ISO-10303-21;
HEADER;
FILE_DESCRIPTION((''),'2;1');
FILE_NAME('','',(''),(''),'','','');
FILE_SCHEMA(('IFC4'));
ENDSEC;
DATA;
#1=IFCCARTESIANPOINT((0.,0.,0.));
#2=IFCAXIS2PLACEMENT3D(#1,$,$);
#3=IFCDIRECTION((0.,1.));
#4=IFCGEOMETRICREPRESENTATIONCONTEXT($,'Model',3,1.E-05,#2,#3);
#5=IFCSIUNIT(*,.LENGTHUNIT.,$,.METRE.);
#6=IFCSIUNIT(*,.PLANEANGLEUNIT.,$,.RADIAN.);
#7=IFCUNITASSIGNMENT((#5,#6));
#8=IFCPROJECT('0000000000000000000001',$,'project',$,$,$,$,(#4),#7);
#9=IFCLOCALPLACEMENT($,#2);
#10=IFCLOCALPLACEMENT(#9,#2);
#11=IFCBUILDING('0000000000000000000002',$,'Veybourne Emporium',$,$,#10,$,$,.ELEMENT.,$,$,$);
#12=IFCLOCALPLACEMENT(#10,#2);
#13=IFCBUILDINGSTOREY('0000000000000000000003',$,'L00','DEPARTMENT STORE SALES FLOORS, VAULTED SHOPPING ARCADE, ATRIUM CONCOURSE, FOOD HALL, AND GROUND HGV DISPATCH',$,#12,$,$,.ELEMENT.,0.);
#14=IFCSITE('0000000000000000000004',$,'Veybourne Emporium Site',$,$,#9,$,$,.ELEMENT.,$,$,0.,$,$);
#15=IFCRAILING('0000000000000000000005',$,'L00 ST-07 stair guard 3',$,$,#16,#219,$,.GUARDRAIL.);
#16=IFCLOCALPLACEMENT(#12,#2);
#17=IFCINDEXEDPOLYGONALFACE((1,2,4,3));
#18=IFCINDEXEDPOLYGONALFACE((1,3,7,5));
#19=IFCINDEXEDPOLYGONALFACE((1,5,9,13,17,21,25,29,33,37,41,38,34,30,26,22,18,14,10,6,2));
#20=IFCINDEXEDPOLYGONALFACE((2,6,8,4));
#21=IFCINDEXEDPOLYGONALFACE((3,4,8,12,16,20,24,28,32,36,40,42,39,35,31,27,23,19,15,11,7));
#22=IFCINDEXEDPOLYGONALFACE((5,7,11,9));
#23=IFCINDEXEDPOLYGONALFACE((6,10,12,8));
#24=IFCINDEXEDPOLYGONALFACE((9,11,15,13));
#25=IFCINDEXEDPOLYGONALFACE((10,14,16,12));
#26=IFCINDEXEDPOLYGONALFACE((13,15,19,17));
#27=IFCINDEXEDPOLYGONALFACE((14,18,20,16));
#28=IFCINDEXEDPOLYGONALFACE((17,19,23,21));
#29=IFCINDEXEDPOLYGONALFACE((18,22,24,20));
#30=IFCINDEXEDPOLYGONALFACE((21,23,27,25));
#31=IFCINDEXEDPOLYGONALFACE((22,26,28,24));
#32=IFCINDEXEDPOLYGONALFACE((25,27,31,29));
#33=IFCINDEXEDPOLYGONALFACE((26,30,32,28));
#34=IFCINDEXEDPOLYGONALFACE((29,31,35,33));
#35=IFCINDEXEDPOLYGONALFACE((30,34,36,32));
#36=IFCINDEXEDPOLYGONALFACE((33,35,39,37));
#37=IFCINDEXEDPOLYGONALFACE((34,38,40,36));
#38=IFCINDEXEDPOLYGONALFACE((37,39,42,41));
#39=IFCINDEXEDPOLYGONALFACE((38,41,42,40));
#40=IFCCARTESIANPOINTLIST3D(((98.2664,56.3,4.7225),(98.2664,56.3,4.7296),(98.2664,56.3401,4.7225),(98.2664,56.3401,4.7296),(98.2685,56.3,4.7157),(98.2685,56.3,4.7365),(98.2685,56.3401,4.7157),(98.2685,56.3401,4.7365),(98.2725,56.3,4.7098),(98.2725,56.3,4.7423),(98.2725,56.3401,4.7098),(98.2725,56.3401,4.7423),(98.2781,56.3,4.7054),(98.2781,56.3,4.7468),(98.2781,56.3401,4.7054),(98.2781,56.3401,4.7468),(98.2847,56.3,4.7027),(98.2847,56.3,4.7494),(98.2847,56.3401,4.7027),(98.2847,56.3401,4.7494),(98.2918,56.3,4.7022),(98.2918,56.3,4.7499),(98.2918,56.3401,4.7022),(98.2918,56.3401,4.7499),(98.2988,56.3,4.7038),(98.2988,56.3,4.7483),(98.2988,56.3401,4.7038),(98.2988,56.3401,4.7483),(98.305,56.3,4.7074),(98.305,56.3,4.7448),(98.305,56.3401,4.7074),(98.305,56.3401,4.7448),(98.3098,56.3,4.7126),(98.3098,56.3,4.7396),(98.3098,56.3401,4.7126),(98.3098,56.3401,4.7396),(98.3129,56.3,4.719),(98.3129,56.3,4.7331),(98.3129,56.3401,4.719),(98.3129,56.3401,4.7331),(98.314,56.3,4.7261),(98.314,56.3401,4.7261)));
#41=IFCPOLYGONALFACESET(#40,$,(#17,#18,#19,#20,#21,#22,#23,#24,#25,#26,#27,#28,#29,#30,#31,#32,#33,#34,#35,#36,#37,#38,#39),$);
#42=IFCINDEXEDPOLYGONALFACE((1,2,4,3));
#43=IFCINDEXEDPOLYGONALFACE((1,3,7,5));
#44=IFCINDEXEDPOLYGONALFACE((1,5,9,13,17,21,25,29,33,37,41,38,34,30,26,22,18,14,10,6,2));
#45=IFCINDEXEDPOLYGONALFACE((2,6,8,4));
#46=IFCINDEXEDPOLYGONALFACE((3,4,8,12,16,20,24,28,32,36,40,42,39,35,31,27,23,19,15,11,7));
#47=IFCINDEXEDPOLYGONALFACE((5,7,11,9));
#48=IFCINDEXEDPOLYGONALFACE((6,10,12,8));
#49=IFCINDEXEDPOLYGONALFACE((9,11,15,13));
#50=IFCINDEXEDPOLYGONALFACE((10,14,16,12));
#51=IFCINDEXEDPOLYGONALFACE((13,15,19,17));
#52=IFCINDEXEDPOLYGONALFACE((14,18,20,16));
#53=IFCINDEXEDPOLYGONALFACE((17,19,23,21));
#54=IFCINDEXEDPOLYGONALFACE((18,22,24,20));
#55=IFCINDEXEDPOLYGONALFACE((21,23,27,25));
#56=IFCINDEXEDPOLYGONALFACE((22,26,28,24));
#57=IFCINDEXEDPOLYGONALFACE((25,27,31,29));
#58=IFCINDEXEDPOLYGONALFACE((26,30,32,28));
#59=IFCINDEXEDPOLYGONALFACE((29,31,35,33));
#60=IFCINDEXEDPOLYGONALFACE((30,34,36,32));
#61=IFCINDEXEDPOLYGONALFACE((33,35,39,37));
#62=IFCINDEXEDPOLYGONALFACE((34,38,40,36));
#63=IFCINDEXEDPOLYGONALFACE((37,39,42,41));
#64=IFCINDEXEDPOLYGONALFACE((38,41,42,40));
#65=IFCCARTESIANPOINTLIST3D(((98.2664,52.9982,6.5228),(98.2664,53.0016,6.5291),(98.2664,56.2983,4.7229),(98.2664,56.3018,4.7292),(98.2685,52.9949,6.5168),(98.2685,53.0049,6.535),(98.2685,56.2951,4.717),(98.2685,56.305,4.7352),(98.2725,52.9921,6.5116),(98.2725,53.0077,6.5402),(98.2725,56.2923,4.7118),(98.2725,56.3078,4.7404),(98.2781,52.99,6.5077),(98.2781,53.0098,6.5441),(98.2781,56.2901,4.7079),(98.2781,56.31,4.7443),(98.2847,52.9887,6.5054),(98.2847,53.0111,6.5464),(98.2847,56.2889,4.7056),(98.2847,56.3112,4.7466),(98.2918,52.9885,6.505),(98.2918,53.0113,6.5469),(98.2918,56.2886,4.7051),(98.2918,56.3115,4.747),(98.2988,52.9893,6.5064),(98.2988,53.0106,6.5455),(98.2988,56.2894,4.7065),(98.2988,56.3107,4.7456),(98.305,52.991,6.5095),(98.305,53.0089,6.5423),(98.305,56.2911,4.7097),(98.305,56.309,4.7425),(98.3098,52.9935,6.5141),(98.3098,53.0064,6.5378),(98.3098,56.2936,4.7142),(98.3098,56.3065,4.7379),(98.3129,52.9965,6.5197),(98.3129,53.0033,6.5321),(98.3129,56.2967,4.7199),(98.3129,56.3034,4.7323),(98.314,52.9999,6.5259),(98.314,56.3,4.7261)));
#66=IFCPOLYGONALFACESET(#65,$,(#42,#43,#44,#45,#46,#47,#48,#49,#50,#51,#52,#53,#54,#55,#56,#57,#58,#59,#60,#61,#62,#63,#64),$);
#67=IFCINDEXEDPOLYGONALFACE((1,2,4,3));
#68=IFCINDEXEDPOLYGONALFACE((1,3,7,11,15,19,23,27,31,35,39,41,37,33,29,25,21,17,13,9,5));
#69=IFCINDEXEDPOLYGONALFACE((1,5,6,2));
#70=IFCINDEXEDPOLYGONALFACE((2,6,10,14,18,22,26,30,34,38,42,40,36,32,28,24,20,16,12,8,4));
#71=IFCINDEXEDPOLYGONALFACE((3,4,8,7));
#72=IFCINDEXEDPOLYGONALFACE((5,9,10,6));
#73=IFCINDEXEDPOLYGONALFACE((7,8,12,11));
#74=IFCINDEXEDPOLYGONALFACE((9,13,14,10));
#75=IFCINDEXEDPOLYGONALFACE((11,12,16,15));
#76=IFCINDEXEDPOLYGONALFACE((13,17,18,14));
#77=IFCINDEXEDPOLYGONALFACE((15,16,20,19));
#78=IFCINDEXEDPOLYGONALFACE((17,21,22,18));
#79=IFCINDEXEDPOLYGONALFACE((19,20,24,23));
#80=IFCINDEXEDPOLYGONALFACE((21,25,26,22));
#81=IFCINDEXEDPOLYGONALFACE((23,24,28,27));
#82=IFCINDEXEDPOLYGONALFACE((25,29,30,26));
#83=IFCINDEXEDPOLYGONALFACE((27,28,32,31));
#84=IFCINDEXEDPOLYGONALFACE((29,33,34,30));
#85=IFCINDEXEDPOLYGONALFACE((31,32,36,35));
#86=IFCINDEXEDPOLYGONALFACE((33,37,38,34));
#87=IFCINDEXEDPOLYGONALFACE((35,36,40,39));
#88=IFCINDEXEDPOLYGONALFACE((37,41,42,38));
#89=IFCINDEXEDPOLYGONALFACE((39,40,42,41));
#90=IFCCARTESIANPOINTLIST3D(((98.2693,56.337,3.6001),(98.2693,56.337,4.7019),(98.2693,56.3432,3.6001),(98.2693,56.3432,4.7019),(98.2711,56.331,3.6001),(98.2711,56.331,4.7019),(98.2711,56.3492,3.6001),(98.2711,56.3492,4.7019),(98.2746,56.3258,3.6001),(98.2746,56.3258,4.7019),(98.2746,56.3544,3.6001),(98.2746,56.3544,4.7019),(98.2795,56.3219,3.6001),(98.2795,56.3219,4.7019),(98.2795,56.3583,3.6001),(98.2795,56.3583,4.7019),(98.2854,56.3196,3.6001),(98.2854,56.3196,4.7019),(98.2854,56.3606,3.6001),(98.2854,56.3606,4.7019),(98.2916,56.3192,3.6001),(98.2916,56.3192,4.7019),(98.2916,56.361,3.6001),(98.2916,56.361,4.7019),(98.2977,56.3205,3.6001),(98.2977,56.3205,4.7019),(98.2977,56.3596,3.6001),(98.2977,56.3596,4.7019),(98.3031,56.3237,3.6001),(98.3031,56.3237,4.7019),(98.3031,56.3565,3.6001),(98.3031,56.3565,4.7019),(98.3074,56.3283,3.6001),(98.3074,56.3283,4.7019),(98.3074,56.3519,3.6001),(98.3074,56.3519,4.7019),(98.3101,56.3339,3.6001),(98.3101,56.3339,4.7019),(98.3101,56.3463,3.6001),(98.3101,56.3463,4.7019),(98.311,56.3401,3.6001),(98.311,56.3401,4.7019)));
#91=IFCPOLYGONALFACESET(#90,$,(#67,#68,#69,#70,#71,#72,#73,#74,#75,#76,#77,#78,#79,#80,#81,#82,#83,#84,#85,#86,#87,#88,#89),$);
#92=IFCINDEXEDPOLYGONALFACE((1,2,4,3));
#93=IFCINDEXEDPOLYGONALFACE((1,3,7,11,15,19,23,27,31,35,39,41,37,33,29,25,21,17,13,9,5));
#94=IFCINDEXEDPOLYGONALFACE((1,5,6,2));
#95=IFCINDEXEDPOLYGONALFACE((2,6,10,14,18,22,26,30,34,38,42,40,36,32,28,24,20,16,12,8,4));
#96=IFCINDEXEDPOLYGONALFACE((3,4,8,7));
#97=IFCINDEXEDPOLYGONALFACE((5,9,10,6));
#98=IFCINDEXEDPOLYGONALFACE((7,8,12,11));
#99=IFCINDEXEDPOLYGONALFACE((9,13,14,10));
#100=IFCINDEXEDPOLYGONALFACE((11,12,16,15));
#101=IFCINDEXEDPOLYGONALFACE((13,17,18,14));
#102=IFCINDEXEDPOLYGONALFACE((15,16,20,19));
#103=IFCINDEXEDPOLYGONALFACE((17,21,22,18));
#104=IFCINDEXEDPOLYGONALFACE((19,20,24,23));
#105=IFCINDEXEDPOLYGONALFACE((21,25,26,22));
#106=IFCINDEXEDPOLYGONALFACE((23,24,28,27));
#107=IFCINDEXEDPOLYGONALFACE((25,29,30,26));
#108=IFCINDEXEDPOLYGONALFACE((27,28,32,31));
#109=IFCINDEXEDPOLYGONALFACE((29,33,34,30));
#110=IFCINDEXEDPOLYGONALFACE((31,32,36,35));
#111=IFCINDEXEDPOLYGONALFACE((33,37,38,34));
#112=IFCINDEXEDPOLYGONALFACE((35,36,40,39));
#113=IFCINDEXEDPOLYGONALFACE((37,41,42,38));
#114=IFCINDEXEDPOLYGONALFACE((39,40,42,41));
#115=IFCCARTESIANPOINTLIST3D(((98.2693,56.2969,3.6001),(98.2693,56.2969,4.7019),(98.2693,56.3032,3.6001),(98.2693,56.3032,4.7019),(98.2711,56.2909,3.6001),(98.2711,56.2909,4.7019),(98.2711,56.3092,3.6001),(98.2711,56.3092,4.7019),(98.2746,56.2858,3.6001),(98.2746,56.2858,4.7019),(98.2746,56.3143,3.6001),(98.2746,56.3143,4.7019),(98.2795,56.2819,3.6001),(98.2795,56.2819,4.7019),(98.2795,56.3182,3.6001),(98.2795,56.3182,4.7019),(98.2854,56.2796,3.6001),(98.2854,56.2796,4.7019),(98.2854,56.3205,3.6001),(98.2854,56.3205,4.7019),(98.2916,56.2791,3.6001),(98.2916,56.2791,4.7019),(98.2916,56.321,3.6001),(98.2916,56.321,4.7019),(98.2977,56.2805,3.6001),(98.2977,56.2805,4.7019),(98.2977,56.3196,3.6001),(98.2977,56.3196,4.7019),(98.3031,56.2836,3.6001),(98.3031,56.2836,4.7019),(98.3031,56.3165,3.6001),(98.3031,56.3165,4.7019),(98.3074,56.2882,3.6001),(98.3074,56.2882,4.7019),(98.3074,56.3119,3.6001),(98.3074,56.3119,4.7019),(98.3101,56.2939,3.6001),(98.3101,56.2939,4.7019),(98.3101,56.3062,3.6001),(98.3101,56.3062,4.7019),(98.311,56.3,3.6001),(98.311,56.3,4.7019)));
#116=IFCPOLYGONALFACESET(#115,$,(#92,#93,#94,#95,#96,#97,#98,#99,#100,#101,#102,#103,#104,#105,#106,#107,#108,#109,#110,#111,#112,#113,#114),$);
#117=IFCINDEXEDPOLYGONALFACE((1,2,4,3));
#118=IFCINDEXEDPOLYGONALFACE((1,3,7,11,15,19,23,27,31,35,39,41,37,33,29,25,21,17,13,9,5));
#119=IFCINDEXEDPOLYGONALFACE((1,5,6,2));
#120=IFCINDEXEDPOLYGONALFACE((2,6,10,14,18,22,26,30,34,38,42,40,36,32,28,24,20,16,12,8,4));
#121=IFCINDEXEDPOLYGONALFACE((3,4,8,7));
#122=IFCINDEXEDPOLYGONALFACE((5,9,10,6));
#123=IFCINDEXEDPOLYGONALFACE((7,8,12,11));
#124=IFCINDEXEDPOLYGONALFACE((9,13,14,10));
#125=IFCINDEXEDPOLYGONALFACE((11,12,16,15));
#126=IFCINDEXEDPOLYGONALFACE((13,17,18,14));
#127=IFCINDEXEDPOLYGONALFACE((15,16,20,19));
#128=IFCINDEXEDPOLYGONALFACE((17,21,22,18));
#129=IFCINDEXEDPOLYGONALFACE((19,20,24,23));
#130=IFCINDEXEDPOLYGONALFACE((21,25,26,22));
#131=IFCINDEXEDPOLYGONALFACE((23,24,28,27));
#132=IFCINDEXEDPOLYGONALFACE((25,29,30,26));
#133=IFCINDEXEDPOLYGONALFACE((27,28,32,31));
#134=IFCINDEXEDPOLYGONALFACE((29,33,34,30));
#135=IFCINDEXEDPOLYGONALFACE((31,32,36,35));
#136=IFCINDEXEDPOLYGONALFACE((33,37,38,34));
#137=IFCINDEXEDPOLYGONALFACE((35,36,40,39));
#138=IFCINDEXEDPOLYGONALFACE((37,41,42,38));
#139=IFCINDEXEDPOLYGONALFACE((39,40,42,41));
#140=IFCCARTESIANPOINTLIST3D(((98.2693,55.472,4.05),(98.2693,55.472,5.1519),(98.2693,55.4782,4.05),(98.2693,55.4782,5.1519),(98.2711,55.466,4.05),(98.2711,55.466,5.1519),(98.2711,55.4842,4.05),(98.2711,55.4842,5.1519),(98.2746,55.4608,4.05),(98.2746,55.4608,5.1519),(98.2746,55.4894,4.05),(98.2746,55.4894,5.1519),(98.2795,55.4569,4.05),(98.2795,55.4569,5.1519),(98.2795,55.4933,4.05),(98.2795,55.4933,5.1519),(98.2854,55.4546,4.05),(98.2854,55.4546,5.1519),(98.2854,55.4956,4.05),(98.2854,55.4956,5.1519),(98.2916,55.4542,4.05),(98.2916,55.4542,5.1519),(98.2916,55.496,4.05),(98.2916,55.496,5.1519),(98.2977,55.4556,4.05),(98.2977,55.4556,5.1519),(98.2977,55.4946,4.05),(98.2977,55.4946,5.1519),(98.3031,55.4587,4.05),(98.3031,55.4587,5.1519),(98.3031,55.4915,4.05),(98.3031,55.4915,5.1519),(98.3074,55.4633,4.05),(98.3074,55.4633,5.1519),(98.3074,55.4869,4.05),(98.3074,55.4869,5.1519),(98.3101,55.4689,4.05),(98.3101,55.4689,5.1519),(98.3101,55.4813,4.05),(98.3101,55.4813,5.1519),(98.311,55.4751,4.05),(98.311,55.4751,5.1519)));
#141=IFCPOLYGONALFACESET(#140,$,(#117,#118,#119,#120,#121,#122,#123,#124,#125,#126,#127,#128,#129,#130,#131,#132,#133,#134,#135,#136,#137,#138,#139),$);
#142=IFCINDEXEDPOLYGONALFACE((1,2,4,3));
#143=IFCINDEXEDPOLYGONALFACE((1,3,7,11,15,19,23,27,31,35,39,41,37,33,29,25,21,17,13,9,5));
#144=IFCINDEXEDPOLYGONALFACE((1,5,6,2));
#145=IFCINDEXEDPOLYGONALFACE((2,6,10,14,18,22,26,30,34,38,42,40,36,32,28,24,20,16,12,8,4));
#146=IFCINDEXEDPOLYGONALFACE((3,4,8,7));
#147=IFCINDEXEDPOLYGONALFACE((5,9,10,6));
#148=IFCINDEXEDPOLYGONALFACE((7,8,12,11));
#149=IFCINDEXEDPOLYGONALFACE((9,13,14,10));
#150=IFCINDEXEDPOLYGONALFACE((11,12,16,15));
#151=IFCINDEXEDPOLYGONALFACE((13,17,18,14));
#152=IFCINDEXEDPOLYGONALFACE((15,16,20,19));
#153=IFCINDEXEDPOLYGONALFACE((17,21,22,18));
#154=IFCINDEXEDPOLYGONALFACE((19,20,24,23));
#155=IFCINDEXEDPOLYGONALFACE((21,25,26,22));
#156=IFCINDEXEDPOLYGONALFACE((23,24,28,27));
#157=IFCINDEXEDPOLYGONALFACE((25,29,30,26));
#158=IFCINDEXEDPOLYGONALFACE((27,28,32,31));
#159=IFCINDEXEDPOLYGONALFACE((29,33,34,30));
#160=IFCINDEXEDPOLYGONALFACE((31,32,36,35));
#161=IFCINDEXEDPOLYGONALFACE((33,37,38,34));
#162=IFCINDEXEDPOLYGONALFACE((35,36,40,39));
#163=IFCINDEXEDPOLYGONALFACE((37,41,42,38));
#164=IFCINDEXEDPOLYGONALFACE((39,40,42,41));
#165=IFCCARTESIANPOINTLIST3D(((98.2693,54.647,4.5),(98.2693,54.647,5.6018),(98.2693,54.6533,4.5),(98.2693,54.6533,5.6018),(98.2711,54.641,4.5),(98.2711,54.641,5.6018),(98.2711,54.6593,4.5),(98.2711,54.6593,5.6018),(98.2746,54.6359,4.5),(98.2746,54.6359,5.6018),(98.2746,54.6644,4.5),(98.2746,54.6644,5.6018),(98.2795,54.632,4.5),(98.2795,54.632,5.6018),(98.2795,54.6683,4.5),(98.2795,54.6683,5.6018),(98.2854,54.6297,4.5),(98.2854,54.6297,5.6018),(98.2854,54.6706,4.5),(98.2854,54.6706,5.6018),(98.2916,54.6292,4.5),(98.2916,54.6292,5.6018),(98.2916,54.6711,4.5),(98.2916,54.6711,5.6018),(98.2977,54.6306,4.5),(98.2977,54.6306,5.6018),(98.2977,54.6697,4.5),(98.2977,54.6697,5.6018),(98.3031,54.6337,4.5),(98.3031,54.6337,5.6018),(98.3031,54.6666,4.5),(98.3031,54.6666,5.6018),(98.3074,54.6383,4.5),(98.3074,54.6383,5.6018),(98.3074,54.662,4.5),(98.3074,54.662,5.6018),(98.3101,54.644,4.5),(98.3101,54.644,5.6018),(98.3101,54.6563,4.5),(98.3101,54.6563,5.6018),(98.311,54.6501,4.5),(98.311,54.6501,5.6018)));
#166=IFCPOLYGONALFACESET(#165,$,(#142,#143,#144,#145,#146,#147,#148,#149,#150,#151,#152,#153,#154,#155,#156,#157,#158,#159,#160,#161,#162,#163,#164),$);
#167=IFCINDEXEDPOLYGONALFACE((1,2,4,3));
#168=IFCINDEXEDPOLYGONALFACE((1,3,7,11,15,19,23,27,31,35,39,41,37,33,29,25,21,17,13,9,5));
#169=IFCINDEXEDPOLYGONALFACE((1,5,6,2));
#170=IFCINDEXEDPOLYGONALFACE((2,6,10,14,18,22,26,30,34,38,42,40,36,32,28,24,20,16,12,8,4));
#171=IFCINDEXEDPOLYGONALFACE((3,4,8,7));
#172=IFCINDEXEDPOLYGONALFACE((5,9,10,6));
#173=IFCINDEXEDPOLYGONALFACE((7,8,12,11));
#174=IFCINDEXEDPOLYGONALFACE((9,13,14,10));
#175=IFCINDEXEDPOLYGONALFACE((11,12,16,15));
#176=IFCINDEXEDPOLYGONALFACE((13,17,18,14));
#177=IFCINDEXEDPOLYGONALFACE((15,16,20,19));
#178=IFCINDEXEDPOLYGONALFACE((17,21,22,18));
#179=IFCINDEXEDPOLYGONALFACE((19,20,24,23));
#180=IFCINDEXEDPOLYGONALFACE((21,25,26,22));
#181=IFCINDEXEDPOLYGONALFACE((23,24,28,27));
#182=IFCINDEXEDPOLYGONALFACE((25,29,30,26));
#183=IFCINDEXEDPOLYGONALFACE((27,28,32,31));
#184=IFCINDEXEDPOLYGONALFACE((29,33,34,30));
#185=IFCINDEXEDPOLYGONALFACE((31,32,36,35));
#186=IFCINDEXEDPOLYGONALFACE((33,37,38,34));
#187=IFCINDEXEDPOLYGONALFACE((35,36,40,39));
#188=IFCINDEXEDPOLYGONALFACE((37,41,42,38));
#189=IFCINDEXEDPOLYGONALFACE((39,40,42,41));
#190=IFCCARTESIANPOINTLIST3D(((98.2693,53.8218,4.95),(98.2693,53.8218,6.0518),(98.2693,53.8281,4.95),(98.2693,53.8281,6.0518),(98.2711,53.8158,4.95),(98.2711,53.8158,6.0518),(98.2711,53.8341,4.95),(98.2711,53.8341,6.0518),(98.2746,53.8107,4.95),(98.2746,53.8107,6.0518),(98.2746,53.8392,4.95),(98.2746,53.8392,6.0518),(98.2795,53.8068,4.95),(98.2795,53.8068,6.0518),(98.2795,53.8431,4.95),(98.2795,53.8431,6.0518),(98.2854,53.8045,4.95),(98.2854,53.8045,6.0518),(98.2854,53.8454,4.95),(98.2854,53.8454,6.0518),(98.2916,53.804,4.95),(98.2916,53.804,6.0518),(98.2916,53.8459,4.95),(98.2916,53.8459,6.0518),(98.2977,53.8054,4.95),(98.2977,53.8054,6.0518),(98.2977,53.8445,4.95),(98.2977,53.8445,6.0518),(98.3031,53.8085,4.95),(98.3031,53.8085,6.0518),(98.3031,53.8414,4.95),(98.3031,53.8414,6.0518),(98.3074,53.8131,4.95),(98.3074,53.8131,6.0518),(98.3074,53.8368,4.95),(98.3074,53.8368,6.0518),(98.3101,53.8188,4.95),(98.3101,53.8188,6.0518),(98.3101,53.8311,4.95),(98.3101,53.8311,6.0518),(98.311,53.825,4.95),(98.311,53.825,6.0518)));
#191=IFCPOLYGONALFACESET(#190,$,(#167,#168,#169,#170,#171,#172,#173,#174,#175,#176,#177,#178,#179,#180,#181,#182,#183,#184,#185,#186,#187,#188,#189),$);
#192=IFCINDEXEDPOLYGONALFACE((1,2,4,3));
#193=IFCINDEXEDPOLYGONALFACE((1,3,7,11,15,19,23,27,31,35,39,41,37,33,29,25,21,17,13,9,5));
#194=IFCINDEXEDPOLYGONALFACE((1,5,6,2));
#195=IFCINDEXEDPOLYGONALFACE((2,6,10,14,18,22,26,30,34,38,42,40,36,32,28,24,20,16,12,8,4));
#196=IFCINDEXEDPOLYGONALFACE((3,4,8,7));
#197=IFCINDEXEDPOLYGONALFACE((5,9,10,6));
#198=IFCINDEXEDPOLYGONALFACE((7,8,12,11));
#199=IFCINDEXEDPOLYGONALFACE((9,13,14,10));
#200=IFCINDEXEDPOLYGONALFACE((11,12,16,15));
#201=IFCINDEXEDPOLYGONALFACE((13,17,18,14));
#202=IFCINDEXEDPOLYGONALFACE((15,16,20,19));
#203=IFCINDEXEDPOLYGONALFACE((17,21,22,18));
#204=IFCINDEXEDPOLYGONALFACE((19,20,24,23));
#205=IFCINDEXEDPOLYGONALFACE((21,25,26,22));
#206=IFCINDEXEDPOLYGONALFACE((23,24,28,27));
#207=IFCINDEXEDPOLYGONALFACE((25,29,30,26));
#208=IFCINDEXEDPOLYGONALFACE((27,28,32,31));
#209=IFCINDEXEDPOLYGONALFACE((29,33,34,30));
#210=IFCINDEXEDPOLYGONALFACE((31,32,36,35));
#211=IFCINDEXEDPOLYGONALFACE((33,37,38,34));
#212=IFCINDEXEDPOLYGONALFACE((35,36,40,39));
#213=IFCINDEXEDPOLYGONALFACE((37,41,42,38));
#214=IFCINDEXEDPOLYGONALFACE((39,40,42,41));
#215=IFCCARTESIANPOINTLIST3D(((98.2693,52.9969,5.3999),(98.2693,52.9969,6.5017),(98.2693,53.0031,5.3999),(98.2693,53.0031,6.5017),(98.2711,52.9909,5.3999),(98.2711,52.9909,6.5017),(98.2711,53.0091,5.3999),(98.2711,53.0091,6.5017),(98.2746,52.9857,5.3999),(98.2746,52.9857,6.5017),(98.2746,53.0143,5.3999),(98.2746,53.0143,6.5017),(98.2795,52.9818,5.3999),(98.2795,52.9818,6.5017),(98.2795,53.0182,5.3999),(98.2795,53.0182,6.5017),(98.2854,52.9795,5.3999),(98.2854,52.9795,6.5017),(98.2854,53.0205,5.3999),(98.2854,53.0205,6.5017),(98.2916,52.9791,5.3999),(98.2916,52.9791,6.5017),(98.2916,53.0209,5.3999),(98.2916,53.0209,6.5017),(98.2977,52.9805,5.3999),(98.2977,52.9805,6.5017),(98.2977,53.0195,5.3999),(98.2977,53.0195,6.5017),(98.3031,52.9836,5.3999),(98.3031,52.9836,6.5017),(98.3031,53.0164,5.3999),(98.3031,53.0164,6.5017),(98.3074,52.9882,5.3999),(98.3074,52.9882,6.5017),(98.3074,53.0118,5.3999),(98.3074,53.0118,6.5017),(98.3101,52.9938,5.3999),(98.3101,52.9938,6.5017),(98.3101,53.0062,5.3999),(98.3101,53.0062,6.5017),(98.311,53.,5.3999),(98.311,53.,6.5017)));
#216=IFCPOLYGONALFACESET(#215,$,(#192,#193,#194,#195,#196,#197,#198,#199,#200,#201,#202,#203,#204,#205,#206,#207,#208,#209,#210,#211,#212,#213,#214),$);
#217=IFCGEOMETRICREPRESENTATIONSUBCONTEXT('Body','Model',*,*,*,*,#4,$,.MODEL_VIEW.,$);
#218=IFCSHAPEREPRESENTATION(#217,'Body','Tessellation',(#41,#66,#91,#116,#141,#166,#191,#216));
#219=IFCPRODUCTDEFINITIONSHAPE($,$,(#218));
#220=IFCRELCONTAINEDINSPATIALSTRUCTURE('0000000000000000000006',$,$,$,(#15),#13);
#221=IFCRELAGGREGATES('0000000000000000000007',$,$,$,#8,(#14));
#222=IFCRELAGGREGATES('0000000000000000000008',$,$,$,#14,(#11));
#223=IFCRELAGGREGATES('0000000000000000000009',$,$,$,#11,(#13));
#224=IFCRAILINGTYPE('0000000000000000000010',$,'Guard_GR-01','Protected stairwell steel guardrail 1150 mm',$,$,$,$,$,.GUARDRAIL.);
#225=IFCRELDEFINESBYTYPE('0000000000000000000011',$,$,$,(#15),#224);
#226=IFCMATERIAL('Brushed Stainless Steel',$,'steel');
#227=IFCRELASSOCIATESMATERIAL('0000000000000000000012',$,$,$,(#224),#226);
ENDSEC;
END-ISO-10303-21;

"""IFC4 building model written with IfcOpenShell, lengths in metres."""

from ifc_helpers import new_model, si_unit, direction, frame, origin, origin_2d, place, context, subcontext, project, spatial, circle, extrude, material, type_object, element, save


model = new_model("IFC4")

# Units and contexts
model_context = context("Model", 3, precision=1e-05, world=origin(), true_north=direction((0.0, 1.0)))
body_context = subcontext(model_context, "Body", "Model", "MODEL_VIEW")
ifc_project = project(units=[si_unit("LENGTHUNIT", "METRE"), si_unit("PLANEANGLEUNIT", "RADIAN")], contexts=[model_context])

# Site, building, storey
site_placement = place(None, origin())
site = spatial("IfcSite", under=ifc_project, at=site_placement, Name="Veybourne Emporium Site", CompositionType="ELEMENT", RefElevation=0.0)
building_placement = place(site_placement, origin())
building = spatial("IfcBuilding", under=site, at=building_placement, Name="Veybourne Emporium", CompositionType="ELEMENT")
storey_placement = place(building_placement, origin())
storey = spatial("IfcBuildingStorey", under=building, at=storey_placement, Name="L00", Description="DEPARTMENT STORE SALES FLOORS, VAULTED SHOPPING ARCADE, ATRIUM CONCOURSE, FOOD HALL, AND GROUND HGV DISPATCH", CompositionType="ELEMENT", Elevation=0.0)

# Shared definitions
ifc_material_1 = material(Name="Brushed Stainless Steel", Category="steel")

# Railing
railing_type_1 = type_object("IfcRailingType", Name="Guard_GR-01", Description="Protected stairwell steel guardrail 1150 mm", PredefinedType="GUARDRAIL", material=ifc_material_1)
railing_1_placement = place(storey_placement, frame((98.29, 56.3401, 3.6001)))
element("IfcRailing", 1, at=railing_1_placement, inside=storey, type_object=railing_type_1, Name="L00 ST-07 stair guard 3", PredefinedType="GUARDRAIL", context=body_context, shape_type="SweptSolid", body=[
    extrude(circle(Radius=0.0239, at=origin_2d()), frame((0.0, 0.0, 1.126), z_axis=(0.0, -1.0, 0.0), x_axis=(1.0, 0.0, 0.0)), (0.0, 0.0, 1.0), 0.04),
    extrude(circle(Radius=0.0239, at=origin_2d()), frame((0.0, -0.04, 1.126), z_axis=(0.0, -0.87792, 0.478807), x_axis=(1.0, 0.0, 0.0)), (0.0, 0.0, 1.0), 3.759),
    extrude(circle(Radius=0.021, at=origin_2d()), origin(), (0.0, 0.0, 1.0), 1.1018),
    extrude(circle(Radius=0.021, at=origin_2d()), frame((0.0, -0.04, 0.0)), (0.0, 0.0, 1.0), 1.1018),
    extrude(circle(Radius=0.021, at=origin_2d()), frame((0.0, -0.865, 0.45)), (0.0, 0.0, 1.0), 1.1018),
    extrude(circle(Radius=0.021, at=origin_2d()), frame((0.0, -1.6899, 0.8999)), (0.0, 0.0, 1.0), 1.1018),
    extrude(circle(Radius=0.021, at=origin_2d()), frame((0.0, -2.5151, 1.3499)), (0.0, 0.0, 1.0), 1.1018),
    extrude(circle(Radius=0.021, at=origin_2d()), frame((0.0, -3.3401, 1.7998)), (0.0, 0.0, 1.0), 1.1018),
])

save(model, "model.ifc")
